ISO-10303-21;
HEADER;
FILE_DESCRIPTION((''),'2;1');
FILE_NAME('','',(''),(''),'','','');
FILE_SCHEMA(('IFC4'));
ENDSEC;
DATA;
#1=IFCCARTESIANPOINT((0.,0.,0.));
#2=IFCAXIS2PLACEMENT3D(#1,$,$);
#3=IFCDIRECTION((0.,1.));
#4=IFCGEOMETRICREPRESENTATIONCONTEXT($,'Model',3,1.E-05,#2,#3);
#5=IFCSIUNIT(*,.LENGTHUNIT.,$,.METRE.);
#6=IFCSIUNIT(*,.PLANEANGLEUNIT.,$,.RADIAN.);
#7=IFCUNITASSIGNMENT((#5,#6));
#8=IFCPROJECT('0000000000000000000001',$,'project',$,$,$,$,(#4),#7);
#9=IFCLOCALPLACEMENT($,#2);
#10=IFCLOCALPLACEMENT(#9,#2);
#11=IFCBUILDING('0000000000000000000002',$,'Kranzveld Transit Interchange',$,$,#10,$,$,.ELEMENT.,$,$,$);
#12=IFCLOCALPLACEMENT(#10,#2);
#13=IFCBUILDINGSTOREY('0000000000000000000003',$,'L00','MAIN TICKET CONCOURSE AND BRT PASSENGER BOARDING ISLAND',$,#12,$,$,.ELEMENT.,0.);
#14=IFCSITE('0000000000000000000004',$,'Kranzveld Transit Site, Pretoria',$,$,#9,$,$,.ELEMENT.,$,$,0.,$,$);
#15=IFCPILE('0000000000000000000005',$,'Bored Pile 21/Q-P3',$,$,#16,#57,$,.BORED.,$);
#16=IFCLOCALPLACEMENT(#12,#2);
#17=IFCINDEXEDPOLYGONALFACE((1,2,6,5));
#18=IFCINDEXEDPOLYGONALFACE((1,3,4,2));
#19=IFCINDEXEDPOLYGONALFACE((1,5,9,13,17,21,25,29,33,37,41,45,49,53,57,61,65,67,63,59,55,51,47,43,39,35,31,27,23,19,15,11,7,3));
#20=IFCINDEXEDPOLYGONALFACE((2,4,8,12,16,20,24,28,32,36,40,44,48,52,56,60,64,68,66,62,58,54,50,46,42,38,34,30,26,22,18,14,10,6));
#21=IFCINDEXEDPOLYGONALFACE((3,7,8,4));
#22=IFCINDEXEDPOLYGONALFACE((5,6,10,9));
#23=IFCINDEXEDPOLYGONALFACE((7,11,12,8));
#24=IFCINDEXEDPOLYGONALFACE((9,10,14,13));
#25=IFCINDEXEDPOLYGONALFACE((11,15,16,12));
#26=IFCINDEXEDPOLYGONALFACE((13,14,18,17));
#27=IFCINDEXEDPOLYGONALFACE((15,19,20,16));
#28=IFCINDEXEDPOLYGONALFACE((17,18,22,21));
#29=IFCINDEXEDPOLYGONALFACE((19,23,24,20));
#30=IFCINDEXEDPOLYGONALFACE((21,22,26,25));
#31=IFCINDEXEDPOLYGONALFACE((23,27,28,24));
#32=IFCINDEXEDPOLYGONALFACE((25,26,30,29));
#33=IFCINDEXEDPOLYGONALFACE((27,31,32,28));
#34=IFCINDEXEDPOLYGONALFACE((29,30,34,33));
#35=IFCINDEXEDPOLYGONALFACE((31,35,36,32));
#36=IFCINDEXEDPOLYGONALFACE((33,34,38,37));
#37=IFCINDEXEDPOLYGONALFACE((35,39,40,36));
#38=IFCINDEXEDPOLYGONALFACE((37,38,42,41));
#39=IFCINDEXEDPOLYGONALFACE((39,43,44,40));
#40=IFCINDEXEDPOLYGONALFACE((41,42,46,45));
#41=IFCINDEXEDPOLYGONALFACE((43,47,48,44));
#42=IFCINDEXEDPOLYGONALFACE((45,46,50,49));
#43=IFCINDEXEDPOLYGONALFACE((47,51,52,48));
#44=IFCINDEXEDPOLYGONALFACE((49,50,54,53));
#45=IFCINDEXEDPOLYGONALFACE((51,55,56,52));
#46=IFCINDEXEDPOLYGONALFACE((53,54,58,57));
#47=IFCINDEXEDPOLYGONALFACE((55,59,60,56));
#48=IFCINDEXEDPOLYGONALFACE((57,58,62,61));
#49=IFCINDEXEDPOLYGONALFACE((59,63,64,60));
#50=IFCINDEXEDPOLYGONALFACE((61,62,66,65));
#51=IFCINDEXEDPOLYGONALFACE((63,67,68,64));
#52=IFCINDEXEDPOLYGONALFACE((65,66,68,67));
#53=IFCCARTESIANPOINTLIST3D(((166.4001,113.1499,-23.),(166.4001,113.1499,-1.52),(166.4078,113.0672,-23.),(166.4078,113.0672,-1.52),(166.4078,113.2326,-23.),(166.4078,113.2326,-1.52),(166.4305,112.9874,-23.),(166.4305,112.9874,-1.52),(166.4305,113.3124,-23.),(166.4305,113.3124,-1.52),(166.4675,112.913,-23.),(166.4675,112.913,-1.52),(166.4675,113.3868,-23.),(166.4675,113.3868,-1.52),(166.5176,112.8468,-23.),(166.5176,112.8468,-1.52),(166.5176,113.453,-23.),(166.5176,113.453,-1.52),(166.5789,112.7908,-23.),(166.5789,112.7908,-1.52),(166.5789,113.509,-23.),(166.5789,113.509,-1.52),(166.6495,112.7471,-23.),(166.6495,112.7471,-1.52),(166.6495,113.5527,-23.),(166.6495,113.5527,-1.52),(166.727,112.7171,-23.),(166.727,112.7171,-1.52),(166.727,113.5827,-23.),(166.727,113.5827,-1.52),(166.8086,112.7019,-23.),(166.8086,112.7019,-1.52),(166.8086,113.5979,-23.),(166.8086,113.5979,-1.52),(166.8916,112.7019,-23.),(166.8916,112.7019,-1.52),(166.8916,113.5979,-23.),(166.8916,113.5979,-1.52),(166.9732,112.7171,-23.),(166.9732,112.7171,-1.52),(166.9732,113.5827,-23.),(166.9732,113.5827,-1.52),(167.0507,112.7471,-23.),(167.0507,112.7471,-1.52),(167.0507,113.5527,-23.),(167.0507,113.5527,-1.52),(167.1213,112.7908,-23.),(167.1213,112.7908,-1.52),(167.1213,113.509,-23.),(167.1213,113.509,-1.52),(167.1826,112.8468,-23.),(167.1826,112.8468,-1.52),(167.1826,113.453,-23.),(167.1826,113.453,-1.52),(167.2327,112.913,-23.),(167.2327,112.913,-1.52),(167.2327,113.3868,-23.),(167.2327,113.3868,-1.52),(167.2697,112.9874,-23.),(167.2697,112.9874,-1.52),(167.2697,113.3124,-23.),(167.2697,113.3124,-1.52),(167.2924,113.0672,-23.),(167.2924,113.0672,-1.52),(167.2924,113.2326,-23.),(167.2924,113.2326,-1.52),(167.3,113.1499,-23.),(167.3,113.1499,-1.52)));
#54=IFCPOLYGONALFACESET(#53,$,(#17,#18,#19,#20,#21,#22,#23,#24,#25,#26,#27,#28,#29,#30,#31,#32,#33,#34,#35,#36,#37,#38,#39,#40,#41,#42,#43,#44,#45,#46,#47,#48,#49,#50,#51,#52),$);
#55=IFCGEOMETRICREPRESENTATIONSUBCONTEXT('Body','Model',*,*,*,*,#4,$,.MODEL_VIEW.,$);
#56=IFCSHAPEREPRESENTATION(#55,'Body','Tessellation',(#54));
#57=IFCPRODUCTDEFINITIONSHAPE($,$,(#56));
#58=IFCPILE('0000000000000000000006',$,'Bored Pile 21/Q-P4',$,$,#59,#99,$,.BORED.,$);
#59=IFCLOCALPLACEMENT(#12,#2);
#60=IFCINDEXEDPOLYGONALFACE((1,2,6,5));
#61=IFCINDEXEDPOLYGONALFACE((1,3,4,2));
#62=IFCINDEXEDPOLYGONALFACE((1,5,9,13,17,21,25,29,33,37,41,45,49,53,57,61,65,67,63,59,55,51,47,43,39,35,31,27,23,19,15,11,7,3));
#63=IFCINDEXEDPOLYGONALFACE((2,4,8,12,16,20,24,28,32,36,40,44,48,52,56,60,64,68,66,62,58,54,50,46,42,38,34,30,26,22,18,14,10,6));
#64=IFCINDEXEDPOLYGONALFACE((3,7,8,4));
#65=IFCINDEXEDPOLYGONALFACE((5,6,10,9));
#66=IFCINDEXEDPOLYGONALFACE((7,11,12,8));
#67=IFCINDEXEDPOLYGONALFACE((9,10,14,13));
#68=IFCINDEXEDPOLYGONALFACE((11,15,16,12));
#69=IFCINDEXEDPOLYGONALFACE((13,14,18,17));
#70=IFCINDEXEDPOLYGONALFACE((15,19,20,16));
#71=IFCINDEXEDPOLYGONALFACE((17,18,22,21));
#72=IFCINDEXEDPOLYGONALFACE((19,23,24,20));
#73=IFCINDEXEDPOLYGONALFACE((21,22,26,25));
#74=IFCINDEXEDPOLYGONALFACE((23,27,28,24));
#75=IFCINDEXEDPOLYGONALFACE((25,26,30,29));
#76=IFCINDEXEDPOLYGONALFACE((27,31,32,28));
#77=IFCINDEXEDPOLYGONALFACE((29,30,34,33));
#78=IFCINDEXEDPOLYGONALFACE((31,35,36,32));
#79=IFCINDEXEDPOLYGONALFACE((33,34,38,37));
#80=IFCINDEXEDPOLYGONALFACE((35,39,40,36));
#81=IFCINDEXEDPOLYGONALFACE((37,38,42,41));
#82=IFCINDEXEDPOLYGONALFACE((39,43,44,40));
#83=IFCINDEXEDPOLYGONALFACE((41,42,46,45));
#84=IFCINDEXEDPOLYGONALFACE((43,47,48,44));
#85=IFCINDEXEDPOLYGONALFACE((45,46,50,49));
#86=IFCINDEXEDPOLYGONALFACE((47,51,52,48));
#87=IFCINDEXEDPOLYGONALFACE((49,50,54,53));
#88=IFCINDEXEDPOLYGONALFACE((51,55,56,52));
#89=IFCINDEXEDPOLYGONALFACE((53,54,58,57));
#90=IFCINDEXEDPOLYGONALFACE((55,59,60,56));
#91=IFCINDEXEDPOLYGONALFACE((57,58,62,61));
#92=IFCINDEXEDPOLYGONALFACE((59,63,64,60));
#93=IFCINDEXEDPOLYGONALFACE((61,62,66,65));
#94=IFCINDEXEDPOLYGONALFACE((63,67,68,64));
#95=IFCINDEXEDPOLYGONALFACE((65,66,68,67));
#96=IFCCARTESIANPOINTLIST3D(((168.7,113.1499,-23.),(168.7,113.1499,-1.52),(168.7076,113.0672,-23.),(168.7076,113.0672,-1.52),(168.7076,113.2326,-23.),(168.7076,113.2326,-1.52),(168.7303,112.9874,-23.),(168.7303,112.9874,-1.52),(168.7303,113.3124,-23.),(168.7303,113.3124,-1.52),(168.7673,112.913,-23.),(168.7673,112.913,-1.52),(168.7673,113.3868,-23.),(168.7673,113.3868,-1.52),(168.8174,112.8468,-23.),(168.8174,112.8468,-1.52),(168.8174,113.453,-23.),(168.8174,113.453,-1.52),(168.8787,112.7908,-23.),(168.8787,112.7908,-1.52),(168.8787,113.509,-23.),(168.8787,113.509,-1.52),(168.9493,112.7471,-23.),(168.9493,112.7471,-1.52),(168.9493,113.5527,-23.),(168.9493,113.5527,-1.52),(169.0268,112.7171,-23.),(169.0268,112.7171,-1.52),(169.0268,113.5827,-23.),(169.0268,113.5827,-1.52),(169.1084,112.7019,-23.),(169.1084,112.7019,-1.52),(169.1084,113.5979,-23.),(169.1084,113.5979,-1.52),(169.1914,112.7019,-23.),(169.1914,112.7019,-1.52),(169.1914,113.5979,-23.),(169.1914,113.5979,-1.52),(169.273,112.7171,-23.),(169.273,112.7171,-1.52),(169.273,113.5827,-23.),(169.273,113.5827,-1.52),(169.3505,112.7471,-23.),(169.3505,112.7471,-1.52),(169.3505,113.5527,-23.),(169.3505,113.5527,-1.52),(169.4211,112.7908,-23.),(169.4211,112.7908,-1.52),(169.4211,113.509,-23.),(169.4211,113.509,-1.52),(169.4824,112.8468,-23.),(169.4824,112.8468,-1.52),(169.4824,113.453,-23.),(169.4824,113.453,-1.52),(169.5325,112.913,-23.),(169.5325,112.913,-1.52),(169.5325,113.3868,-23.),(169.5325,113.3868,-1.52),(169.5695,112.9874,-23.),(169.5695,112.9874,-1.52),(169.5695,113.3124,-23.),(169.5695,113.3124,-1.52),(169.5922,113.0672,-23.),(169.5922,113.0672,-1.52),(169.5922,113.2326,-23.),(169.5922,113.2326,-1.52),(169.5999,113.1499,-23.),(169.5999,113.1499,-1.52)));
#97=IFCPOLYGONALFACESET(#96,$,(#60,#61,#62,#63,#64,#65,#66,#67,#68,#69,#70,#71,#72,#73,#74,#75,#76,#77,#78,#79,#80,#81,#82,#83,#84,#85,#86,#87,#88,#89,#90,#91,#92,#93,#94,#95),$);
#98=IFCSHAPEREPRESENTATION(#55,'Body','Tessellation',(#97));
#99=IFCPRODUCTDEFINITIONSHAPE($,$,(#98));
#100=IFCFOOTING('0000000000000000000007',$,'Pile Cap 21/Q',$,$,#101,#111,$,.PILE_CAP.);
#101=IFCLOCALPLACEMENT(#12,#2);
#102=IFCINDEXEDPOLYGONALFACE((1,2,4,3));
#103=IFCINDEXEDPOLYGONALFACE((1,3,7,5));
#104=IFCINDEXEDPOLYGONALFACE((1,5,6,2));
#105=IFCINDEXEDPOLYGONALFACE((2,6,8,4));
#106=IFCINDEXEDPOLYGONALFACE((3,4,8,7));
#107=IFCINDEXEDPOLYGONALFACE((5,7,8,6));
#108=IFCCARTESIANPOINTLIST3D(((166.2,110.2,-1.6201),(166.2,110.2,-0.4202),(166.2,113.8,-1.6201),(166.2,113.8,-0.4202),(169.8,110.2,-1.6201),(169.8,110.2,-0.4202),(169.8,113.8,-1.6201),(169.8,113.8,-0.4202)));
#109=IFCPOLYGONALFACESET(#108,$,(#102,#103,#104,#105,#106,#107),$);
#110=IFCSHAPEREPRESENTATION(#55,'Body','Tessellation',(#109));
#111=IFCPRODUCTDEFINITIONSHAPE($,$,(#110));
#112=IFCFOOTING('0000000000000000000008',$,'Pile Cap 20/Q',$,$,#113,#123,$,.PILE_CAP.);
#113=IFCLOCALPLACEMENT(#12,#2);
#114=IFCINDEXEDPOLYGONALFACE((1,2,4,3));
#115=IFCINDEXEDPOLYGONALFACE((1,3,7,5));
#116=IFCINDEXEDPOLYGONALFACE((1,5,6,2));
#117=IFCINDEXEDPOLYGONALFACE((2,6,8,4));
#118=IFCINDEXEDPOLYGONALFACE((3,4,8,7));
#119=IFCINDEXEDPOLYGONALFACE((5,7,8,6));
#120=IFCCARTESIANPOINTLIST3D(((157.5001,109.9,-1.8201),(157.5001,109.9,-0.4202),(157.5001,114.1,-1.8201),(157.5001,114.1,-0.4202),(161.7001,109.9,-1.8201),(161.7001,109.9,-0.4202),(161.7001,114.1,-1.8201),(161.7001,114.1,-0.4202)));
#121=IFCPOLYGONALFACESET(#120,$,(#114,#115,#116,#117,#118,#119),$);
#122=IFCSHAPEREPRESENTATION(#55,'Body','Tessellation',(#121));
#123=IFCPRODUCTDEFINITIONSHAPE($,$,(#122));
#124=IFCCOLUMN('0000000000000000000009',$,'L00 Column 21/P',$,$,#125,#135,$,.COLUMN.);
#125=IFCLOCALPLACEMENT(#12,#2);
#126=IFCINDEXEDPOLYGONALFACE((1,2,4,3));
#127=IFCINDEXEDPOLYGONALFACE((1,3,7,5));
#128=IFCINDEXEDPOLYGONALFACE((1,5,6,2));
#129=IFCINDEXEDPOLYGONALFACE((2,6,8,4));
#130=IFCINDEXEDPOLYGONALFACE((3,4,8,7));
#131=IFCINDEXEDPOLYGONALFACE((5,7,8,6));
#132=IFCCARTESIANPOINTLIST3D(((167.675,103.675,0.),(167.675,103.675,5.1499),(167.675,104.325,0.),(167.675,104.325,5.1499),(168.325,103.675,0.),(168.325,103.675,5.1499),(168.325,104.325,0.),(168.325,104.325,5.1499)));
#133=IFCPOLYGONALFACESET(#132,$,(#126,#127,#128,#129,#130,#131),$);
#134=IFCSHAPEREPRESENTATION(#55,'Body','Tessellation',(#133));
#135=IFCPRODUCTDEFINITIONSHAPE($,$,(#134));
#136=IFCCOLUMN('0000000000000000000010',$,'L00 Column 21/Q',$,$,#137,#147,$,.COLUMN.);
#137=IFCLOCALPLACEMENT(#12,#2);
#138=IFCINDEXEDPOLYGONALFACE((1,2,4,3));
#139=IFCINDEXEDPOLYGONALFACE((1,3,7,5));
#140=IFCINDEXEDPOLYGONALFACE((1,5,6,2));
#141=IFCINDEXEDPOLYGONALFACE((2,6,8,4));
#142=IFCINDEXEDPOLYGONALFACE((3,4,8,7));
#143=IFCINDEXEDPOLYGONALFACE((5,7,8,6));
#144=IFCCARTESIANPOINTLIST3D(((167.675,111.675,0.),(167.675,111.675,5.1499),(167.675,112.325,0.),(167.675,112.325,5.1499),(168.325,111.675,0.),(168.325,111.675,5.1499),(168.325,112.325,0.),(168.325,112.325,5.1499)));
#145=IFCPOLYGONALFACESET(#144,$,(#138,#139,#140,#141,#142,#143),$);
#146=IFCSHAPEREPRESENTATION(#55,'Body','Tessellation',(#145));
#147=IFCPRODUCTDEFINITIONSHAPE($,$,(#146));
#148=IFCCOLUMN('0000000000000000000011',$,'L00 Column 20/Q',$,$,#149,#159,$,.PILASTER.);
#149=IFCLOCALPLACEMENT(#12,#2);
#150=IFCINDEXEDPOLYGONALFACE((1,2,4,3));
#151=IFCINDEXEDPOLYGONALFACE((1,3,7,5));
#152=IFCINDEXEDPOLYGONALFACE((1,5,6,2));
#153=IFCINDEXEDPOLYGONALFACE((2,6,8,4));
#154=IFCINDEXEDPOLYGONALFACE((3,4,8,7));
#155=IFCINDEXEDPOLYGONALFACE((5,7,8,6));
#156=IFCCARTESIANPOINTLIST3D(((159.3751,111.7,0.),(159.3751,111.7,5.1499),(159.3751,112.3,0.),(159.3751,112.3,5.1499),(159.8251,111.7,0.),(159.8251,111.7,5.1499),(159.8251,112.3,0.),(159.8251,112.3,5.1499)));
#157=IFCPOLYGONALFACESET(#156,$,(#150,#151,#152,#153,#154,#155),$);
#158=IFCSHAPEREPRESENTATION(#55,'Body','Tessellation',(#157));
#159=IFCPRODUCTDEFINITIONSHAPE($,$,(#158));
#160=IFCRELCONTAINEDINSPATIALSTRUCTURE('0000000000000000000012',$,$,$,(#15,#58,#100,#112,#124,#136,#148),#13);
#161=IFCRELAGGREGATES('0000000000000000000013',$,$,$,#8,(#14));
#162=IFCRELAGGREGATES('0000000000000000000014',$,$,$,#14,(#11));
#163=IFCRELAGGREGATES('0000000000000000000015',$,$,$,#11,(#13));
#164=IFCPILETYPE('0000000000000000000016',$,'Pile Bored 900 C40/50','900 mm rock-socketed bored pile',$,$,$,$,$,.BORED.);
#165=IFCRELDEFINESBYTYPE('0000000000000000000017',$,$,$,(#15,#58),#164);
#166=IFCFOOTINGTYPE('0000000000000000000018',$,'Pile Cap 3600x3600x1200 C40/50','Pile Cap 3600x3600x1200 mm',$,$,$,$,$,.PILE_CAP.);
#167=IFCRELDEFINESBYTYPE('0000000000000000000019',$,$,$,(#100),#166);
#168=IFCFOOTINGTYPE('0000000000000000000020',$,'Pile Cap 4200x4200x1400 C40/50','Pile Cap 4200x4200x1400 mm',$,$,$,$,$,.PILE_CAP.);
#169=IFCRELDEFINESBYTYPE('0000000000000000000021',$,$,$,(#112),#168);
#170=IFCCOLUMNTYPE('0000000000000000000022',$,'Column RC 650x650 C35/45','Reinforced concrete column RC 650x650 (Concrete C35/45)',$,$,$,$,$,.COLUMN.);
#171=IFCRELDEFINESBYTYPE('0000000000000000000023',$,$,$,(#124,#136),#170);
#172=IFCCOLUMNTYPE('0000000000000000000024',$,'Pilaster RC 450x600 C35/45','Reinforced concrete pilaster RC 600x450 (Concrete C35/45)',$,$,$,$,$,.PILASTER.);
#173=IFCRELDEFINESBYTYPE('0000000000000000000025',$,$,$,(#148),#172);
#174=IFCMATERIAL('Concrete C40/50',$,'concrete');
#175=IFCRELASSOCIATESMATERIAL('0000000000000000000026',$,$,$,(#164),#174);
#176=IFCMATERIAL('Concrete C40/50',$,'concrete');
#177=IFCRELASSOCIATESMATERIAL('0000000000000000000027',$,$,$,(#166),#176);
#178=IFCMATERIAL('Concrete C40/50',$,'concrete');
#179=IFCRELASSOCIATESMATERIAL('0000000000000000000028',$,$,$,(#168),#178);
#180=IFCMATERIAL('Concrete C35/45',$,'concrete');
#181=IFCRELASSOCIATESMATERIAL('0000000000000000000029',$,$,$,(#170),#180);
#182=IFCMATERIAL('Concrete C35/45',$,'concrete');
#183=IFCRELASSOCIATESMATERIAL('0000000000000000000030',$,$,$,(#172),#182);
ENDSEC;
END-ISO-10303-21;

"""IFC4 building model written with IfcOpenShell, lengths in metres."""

from ifc_helpers import new_model, si_unit, direction, frame, origin, origin_2d, place, context, subcontext, project, spatial, rectangle, circle, extrude, material, material_profile, profile_set, type_object, element, save


model = new_model("IFC4")

# Units and contexts
model_context = context("Model", 3, precision=1e-05, world=origin(), true_north=direction((0.0, 1.0)))
body_context = subcontext(model_context, "Body", "Model", "MODEL_VIEW")
ifc_project = project(units=[si_unit("LENGTHUNIT", "METRE"), si_unit("PLANEANGLEUNIT", "RADIAN")], contexts=[model_context])

# Site, building, storey
site_placement = place(None, origin())
site = spatial("IfcSite", under=ifc_project, at=site_placement, Name="Kranzveld Transit Site, Pretoria", CompositionType="ELEMENT", RefElevation=0.0)
building_placement = place(site_placement, origin())
building = spatial("IfcBuilding", under=site, at=building_placement, Name="Kranzveld Transit Interchange", CompositionType="ELEMENT")
storey_placement = place(building_placement, origin())
storey = spatial("IfcBuildingStorey", under=building, at=storey_placement, Name="L00", Description="MAIN TICKET CONCOURSE AND BRT PASSENGER BOARDING ISLAND", CompositionType="ELEMENT", Elevation=0.0)

# Piles
ifc_material_1 = material(Name="Concrete C40/50", Category="concrete")
ifc_material_profile_1 = material_profile(ifc_material_1, circle(Radius=0.45, at=origin_2d()), Name="BORED PILE 900")
ifc_profile_set_1 = profile_set([ifc_material_profile_1], Name="Concrete C40/50")
pile_type_1 = type_object("IfcPileType", Name="Pile Bored 900 C40/50", Description="900 mm rock-socketed bored pile", PredefinedType="BORED", material=ifc_profile_set_1)
for number, where, z_axis, x_axis, name in (
    (1, (166.8501, 113.1499, -1.52), (0.0, 0.0, -1.0), (1.0, 0.0, 0.0), "Bored Pile 21/Q-P3"),
    (2, (169.1499, 113.1499, -1.52), (0.0, 0.0, -1.0), (1.0, 0.0, 0.0), "Bored Pile 21/Q-P4"),
):
    element("IfcPile", number, at=place(storey_placement, frame(where, z_axis=z_axis, x_axis=x_axis)), inside=storey, type_object=pile_type_1, Name=name, PredefinedType="BORED", context=body_context, shape_type="SweptSolid", body=[
        extrude(circle(Radius=0.45, at=origin_2d()), origin(), (0.0, 0.0, 1.0), 21.48),
    ])

# Footings
ifc_material_2 = material(Name="Concrete C40/50", Category="concrete")
footing_type_1 = type_object("IfcFootingType", Name="Pile Cap 3600x3600x1200 C40/50", Description="Pile Cap 3600x3600x1200 mm", PredefinedType="PILE_CAP", material=ifc_material_2)
footing_1_placement = place(storey_placement, frame((168.0, 112.0, -1.6201), z_axis=(0.0, 0.0, 1.0), x_axis=(1.0, 0.0, 0.0)))
element("IfcFooting", 3, at=footing_1_placement, inside=storey, type_object=footing_type_1, Name="Pile Cap 21/Q", PredefinedType="PILE_CAP", context=body_context, shape_type="SweptSolid", body=[
    extrude(rectangle(XDim=3.6001, YDim=3.6001, at=origin_2d()), origin(), (0.0, 0.0, 1.0), 1.2),
])
ifc_material_3 = material(Name="Concrete C40/50", Category="concrete")
footing_type_2 = type_object("IfcFootingType", Name="Pile Cap 4200x4200x1400 C40/50", Description="Pile Cap 4200x4200x1400 mm", PredefinedType="PILE_CAP", material=ifc_material_3)
footing_2_placement = place(storey_placement, frame((159.6001, 112.0, -1.8201), z_axis=(0.0, 0.0, 1.0), x_axis=(1.0, 0.0, 0.0)))
element("IfcFooting", 4, at=footing_2_placement, inside=storey, type_object=footing_type_2, Name="Pile Cap 20/Q", PredefinedType="PILE_CAP", context=body_context, shape_type="SweptSolid", body=[
    extrude(rectangle(XDim=4.2, YDim=4.2, at=origin_2d()), origin(), (0.0, 0.0, 1.0), 1.3999),
])

# Columns
ifc_material_4 = material(Name="Concrete C35/45", Category="concrete")
ifc_material_profile_2 = material_profile(ifc_material_4, rectangle(XDim=0.6499, YDim=0.6499, at=origin_2d()), Name="RC 650x650")
ifc_profile_set_2 = profile_set([ifc_material_profile_2], Name="Concrete C35/45")
column_type_1 = type_object("IfcColumnType", Name="Column RC 650x650 C35/45", Description="Reinforced concrete column RC 650x650 (Concrete C35/45)", PredefinedType="COLUMN", material=ifc_profile_set_2)
for number, where, z_axis, x_axis, name in (
    (5, (168.0, 104.0, 0.0), (0.0, 0.0, 1.0), (1.0, 0.0, 0.0), "L00 Column 21/P"),
    (6, (168.0, 112.0, 0.0), (0.0, 0.0, 1.0), (1.0, 0.0, 0.0), "L00 Column 21/Q"),
):
    element("IfcColumn", number, at=place(storey_placement, frame(where, z_axis=z_axis, x_axis=x_axis)), inside=storey, type_object=column_type_1, Name=name, PredefinedType="COLUMN", context=body_context, shape_type="SweptSolid", body=[
        extrude(rectangle(XDim=0.6499, YDim=0.6499, at=origin_2d()), origin(), (0.0, 0.0, 1.0), 5.1499),
    ])
ifc_material_5 = material(Name="Concrete C35/45", Category="concrete")
ifc_material_profile_3 = material_profile(ifc_material_5, rectangle(XDim=0.45, YDim=0.6001, at=origin_2d()), Name="RC 600x450")
ifc_profile_set_3 = profile_set([ifc_material_profile_3], Name="Concrete C35/45")
column_type_2 = type_object("IfcColumnType", Name="Pilaster RC 450x600 C35/45", Description="Reinforced concrete pilaster RC 600x450 (Concrete C35/45)", PredefinedType="PILASTER", material=ifc_profile_set_3)
column_placement = place(storey_placement, frame((159.6001, 112.0, 0.0), z_axis=(0.0, 0.0, 1.0), x_axis=(1.0, 0.0, 0.0)))
element("IfcColumn", 7, at=column_placement, inside=storey, type_object=column_type_2, Name="L00 Column 20/Q", PredefinedType="PILASTER", context=body_context, shape_type="SweptSolid", body=[
    extrude(rectangle(XDim=0.45, YDim=0.6001, at=origin_2d()), origin(), (0.0, 0.0, 1.0), 5.1499),
])

save(model, "model.ifc")
